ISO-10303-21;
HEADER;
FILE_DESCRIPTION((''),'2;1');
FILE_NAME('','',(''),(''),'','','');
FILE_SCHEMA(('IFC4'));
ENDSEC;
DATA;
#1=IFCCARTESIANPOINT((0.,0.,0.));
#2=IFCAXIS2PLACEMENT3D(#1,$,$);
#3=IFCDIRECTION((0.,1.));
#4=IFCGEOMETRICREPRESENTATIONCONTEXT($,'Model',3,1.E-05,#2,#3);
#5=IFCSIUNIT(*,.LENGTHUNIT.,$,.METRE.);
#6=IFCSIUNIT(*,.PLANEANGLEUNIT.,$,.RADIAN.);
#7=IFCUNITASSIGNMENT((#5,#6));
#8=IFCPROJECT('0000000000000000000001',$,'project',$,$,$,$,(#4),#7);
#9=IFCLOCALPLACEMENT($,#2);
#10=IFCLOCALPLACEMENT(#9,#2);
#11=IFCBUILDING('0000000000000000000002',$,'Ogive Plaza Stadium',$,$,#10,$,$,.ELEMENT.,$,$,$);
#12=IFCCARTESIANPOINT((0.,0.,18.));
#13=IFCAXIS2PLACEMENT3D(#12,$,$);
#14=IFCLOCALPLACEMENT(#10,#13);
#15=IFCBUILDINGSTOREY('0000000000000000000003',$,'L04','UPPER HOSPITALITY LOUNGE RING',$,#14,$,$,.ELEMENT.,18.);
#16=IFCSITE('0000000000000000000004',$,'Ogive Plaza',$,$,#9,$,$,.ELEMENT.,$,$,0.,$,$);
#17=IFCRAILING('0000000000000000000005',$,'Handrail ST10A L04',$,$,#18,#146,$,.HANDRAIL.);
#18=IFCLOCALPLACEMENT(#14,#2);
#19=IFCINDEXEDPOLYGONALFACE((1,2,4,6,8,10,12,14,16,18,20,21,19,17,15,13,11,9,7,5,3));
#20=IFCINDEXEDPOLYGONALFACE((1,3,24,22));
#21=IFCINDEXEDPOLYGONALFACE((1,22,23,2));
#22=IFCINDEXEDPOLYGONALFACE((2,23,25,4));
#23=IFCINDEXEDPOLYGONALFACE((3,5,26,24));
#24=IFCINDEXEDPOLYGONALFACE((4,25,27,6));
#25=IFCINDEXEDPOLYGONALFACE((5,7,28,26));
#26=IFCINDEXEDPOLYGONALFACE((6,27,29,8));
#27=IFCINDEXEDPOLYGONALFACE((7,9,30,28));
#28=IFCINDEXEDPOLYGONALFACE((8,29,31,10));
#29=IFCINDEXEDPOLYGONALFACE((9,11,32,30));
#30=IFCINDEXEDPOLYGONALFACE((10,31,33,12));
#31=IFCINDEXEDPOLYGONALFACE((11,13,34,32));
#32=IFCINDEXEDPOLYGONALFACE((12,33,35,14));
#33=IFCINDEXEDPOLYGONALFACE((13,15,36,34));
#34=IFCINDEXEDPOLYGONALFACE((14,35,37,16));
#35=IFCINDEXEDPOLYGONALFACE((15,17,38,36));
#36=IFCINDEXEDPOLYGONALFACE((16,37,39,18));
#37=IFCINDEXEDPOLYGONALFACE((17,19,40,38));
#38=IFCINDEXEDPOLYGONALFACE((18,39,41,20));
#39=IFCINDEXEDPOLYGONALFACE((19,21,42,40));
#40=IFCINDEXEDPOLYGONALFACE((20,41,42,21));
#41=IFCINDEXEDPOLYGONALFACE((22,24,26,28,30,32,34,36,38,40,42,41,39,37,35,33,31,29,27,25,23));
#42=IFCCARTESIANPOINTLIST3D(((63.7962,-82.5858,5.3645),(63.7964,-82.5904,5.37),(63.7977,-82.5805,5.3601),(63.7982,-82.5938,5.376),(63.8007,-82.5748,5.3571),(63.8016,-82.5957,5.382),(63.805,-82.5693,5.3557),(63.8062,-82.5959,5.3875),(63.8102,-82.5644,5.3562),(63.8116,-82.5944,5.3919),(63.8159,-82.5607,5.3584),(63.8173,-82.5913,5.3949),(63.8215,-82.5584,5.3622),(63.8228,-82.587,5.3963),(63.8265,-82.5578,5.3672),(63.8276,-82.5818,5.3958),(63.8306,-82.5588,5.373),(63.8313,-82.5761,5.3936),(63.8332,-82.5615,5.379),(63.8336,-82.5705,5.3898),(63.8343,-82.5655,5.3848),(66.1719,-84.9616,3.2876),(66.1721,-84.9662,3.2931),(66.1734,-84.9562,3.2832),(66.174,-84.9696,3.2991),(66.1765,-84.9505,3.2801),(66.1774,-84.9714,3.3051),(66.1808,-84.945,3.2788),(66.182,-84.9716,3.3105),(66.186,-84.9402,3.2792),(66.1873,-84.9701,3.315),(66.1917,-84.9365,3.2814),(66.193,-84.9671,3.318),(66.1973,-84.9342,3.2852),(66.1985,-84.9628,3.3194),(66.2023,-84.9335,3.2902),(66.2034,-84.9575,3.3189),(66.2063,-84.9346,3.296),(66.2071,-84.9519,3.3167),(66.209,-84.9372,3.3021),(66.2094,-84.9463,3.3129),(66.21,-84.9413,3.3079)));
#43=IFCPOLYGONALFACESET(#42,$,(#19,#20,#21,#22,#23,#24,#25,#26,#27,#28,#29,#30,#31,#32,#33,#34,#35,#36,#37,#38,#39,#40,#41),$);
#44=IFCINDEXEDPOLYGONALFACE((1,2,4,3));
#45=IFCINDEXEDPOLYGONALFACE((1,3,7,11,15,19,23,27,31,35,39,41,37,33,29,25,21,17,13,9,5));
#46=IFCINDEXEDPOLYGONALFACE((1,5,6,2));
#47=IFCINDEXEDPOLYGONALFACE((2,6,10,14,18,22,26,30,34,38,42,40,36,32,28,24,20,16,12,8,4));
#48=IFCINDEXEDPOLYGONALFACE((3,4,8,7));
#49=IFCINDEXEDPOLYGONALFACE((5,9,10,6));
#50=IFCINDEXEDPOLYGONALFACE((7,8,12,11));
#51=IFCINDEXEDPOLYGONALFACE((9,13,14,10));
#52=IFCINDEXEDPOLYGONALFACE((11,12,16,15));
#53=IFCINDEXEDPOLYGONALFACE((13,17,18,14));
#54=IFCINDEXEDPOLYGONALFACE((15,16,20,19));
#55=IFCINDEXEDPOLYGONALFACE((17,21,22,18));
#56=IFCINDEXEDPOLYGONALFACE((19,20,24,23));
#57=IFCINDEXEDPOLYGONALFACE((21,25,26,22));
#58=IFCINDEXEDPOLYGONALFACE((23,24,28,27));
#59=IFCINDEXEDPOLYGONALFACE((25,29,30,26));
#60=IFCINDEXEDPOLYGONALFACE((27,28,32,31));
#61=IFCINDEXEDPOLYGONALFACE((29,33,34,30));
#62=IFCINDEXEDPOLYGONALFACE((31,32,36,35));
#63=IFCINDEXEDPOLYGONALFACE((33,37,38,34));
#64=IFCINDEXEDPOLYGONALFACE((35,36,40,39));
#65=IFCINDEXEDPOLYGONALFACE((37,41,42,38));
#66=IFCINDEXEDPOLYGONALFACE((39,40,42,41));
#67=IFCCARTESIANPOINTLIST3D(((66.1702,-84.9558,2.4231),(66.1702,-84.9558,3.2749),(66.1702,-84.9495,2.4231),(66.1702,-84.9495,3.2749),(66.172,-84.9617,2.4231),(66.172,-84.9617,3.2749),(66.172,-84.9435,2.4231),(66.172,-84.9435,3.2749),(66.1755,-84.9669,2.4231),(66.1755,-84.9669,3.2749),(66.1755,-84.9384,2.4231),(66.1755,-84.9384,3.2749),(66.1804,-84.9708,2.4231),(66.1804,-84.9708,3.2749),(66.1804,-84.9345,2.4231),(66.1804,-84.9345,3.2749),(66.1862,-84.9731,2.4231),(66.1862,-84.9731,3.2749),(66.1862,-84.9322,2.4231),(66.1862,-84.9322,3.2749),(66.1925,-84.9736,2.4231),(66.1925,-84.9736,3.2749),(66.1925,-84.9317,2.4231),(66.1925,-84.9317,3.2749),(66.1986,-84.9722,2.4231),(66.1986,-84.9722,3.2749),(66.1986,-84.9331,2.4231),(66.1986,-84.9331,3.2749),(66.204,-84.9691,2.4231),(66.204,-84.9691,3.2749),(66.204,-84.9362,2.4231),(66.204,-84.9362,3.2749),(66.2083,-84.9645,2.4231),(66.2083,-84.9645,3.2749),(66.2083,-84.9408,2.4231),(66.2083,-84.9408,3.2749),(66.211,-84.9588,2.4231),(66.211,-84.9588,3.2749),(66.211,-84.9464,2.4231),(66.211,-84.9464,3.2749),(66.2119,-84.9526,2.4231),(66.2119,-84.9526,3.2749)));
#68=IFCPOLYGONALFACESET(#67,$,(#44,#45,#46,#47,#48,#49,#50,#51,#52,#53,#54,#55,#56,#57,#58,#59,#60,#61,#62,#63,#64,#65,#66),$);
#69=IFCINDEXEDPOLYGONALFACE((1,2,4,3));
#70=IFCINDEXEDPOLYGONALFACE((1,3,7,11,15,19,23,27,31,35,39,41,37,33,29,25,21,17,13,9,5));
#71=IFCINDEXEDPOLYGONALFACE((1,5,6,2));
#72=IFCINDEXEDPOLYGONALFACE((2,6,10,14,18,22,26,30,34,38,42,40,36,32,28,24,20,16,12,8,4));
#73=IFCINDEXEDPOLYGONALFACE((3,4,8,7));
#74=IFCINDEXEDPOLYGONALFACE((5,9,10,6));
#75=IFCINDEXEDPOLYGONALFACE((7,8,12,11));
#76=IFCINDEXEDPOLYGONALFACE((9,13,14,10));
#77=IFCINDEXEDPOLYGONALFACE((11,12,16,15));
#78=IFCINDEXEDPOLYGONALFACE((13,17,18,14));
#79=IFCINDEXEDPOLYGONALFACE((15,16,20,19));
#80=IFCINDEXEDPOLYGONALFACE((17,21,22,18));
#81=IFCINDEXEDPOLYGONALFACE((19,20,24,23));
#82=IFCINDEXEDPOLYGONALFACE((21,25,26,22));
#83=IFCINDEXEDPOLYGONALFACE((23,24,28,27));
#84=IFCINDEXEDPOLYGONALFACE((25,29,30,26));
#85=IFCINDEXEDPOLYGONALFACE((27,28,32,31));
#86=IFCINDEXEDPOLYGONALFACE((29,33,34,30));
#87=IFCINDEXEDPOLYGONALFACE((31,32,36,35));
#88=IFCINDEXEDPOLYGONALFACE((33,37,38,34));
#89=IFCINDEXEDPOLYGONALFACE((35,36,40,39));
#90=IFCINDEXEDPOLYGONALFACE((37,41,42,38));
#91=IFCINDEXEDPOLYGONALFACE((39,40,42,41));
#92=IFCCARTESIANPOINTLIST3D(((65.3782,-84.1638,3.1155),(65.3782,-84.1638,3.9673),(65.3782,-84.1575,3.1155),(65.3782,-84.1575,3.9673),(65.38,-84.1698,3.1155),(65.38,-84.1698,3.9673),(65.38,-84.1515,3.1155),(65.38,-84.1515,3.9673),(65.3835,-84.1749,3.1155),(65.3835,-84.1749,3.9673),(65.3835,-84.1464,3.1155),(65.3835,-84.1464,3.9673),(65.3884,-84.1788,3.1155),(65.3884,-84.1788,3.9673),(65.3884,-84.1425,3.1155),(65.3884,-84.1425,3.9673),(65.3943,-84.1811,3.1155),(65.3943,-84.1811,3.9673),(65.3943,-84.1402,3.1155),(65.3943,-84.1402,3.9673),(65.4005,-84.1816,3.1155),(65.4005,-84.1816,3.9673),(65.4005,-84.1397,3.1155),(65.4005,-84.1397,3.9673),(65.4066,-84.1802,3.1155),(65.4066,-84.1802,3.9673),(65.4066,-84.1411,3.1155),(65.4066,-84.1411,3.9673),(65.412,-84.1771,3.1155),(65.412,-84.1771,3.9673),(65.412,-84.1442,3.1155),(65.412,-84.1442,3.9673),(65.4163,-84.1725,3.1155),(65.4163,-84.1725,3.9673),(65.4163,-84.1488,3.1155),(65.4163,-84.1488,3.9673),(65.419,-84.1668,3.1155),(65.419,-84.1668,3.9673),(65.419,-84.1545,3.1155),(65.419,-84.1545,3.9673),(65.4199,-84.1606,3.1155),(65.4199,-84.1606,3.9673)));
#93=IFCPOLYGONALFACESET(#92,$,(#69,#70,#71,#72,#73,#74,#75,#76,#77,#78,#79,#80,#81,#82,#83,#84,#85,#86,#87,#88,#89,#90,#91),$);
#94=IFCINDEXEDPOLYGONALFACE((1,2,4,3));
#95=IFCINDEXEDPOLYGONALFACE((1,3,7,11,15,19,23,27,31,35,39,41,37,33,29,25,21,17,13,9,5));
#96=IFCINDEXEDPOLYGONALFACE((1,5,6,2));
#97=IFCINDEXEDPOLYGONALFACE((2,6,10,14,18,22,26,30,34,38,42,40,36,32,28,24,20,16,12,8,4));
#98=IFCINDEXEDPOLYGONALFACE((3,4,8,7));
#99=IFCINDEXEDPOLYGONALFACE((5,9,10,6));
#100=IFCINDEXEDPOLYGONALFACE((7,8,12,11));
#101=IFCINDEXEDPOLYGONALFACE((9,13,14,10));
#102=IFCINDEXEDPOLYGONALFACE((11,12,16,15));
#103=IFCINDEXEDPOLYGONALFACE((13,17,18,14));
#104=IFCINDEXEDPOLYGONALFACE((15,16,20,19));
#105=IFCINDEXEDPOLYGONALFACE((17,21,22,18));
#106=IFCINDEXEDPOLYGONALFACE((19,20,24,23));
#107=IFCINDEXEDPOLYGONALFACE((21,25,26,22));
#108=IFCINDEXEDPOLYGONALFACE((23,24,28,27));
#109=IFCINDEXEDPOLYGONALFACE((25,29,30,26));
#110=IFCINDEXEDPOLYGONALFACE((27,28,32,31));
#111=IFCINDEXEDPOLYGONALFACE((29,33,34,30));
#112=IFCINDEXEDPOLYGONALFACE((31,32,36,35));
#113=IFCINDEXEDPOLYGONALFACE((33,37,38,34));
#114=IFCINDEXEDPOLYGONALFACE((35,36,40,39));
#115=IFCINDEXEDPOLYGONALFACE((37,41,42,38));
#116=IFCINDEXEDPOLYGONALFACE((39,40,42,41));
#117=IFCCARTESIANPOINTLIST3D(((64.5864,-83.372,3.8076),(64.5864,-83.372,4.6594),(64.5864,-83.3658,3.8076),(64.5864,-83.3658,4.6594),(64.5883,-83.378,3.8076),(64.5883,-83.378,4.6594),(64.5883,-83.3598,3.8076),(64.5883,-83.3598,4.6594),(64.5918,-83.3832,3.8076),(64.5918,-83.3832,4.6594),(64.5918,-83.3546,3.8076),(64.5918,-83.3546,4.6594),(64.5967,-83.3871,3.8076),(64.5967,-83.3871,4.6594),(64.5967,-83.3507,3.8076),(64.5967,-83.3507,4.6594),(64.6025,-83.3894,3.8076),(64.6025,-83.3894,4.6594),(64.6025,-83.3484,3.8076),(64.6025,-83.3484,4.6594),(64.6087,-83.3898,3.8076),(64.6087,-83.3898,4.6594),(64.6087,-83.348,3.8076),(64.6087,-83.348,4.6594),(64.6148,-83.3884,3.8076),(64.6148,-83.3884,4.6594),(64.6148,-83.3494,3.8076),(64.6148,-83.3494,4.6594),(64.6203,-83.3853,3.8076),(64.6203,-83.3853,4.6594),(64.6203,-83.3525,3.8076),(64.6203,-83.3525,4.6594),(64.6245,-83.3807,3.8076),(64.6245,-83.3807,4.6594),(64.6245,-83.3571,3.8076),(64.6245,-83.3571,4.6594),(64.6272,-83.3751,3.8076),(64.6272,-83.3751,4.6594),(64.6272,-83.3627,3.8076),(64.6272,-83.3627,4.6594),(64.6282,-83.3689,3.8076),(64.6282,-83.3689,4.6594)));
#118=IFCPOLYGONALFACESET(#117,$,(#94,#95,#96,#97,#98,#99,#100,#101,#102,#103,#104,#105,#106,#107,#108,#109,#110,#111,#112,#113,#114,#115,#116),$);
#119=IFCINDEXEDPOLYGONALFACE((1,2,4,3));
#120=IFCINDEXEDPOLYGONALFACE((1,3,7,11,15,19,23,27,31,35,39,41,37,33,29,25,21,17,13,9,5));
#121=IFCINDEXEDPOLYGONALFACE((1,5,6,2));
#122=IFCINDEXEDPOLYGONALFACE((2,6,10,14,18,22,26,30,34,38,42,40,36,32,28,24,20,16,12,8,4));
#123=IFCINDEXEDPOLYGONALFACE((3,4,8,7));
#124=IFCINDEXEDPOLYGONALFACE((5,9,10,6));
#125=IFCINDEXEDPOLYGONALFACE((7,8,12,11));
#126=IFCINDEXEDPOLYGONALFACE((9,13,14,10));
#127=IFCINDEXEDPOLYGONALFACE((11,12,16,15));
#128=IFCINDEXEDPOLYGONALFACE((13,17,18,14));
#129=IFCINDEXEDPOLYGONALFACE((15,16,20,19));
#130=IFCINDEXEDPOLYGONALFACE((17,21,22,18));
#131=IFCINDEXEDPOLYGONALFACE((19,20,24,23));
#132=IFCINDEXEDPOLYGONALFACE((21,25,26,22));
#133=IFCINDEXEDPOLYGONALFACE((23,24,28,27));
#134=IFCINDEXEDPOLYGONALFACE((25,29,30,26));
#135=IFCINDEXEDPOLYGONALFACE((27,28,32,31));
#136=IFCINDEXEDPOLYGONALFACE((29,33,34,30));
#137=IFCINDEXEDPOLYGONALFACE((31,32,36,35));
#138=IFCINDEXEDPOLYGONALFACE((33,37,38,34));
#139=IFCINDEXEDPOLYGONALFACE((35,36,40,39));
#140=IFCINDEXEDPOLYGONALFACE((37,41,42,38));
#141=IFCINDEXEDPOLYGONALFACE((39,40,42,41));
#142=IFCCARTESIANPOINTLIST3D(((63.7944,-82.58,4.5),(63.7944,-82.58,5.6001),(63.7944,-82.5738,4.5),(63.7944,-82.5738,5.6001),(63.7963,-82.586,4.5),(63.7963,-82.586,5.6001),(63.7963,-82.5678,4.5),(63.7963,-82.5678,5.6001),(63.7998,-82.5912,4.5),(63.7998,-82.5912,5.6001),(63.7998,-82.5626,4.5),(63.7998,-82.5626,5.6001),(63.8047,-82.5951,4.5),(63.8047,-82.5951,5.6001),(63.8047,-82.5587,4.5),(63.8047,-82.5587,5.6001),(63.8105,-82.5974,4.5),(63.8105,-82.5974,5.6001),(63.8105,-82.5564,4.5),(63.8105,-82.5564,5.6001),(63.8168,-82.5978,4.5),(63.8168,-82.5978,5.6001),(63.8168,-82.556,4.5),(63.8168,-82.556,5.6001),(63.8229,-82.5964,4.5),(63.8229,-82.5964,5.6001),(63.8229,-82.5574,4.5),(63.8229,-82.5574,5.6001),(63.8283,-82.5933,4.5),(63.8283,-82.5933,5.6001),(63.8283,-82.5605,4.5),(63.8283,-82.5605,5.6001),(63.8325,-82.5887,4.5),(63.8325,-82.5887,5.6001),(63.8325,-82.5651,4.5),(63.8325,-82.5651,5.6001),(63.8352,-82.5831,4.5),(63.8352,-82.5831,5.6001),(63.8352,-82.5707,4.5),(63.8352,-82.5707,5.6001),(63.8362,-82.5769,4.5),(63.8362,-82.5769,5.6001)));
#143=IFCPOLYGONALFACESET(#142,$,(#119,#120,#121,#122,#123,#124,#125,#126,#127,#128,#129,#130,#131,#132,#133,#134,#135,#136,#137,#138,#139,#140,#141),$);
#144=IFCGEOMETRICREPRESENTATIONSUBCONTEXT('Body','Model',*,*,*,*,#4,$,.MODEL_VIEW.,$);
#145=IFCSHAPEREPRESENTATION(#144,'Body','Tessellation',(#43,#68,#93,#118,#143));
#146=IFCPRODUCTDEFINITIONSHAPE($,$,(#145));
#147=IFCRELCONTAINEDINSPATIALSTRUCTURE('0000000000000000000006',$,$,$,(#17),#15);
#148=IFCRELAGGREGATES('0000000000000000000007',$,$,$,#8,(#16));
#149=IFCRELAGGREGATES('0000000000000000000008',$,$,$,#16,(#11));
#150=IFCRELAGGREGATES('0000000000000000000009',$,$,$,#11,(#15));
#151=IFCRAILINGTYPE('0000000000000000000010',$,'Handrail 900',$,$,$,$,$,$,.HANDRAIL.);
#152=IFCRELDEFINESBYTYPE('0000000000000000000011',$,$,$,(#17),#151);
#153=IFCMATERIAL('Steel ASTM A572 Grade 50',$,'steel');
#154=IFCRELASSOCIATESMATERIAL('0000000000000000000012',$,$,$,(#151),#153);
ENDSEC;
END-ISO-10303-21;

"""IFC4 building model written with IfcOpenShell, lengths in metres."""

from ifc_helpers import new_model, si_unit, direction, frame, origin, origin_2d, place, context, subcontext, project, spatial, circle, extrude, material, type_object, element, save


model = new_model("IFC4")

# Units and contexts
model_context = context("Model", 3, precision=1e-05, world=origin(), true_north=direction((0.0, 1.0)))
body_context = subcontext(model_context, "Body", "Model", "MODEL_VIEW")
ifc_project = project(units=[si_unit("LENGTHUNIT", "METRE"), si_unit("PLANEANGLEUNIT", "RADIAN")], contexts=[model_context])

# Site, building, storey
site_placement = place(None, origin())
site = spatial("IfcSite", under=ifc_project, at=site_placement, Name="Ogive Plaza", CompositionType="ELEMENT", RefElevation=0.0)
building_placement = place(site_placement, origin())
building = spatial("IfcBuilding", under=site, at=building_placement, Name="Ogive Plaza Stadium", CompositionType="ELEMENT")
storey_placement = place(building_placement, frame((0.0, 0.0, 18.0)))
storey = spatial("IfcBuildingStorey", under=building, at=storey_placement, Name="L04", Description="UPPER HOSPITALITY LOUNGE RING", CompositionType="ELEMENT", Elevation=18.0)

# Railing
ifc_material_1 = material(Name="Steel ASTM A572 Grade 50", Category="steel")
railing_type_1 = type_object("IfcRailingType", Name="Handrail 900", PredefinedType="HANDRAIL", material=ifc_material_1)
for number, where, name in (
    (1, (66.1909, -84.9526, 2.4231), "Handrail ST10A L04"),
):
    element("IfcRailing", number, at=place(storey_placement, frame(where)), inside=storey, type_object=railing_type_1, Name=name, PredefinedType="HANDRAIL", context=body_context, shape_type="SweptSolid", body=[
        extrude(circle(Radius=0.0239, at=origin_2d()), frame((0.0, 0.0, 0.876), z_axis=(-0.601466, 0.601466, 0.525811), x_axis=(-0.707107, -0.707107, 0.0)), (0.0, 0.0, 1.0), 3.95),
        extrude(circle(Radius=0.021, at=origin_2d()), origin(), (0.0, 0.0, 1.0), 0.8518),
        extrude(circle(Radius=0.021, at=origin_2d()), frame((-0.792, 0.792, 0.6924)), (0.0, 0.0, 1.0), 0.8518),
        extrude(circle(Radius=0.021, at=origin_2d()), frame((-1.5837, 1.5837, 1.3845)), (0.0, 0.0, 1.0), 0.8518),
        extrude(circle(Radius=0.021, at=origin_2d()), frame((-2.3757, 2.3757, 2.0769)), (0.0, 0.0, 1.0), 1.1001),
    ])

save(model, "model.ifc")
